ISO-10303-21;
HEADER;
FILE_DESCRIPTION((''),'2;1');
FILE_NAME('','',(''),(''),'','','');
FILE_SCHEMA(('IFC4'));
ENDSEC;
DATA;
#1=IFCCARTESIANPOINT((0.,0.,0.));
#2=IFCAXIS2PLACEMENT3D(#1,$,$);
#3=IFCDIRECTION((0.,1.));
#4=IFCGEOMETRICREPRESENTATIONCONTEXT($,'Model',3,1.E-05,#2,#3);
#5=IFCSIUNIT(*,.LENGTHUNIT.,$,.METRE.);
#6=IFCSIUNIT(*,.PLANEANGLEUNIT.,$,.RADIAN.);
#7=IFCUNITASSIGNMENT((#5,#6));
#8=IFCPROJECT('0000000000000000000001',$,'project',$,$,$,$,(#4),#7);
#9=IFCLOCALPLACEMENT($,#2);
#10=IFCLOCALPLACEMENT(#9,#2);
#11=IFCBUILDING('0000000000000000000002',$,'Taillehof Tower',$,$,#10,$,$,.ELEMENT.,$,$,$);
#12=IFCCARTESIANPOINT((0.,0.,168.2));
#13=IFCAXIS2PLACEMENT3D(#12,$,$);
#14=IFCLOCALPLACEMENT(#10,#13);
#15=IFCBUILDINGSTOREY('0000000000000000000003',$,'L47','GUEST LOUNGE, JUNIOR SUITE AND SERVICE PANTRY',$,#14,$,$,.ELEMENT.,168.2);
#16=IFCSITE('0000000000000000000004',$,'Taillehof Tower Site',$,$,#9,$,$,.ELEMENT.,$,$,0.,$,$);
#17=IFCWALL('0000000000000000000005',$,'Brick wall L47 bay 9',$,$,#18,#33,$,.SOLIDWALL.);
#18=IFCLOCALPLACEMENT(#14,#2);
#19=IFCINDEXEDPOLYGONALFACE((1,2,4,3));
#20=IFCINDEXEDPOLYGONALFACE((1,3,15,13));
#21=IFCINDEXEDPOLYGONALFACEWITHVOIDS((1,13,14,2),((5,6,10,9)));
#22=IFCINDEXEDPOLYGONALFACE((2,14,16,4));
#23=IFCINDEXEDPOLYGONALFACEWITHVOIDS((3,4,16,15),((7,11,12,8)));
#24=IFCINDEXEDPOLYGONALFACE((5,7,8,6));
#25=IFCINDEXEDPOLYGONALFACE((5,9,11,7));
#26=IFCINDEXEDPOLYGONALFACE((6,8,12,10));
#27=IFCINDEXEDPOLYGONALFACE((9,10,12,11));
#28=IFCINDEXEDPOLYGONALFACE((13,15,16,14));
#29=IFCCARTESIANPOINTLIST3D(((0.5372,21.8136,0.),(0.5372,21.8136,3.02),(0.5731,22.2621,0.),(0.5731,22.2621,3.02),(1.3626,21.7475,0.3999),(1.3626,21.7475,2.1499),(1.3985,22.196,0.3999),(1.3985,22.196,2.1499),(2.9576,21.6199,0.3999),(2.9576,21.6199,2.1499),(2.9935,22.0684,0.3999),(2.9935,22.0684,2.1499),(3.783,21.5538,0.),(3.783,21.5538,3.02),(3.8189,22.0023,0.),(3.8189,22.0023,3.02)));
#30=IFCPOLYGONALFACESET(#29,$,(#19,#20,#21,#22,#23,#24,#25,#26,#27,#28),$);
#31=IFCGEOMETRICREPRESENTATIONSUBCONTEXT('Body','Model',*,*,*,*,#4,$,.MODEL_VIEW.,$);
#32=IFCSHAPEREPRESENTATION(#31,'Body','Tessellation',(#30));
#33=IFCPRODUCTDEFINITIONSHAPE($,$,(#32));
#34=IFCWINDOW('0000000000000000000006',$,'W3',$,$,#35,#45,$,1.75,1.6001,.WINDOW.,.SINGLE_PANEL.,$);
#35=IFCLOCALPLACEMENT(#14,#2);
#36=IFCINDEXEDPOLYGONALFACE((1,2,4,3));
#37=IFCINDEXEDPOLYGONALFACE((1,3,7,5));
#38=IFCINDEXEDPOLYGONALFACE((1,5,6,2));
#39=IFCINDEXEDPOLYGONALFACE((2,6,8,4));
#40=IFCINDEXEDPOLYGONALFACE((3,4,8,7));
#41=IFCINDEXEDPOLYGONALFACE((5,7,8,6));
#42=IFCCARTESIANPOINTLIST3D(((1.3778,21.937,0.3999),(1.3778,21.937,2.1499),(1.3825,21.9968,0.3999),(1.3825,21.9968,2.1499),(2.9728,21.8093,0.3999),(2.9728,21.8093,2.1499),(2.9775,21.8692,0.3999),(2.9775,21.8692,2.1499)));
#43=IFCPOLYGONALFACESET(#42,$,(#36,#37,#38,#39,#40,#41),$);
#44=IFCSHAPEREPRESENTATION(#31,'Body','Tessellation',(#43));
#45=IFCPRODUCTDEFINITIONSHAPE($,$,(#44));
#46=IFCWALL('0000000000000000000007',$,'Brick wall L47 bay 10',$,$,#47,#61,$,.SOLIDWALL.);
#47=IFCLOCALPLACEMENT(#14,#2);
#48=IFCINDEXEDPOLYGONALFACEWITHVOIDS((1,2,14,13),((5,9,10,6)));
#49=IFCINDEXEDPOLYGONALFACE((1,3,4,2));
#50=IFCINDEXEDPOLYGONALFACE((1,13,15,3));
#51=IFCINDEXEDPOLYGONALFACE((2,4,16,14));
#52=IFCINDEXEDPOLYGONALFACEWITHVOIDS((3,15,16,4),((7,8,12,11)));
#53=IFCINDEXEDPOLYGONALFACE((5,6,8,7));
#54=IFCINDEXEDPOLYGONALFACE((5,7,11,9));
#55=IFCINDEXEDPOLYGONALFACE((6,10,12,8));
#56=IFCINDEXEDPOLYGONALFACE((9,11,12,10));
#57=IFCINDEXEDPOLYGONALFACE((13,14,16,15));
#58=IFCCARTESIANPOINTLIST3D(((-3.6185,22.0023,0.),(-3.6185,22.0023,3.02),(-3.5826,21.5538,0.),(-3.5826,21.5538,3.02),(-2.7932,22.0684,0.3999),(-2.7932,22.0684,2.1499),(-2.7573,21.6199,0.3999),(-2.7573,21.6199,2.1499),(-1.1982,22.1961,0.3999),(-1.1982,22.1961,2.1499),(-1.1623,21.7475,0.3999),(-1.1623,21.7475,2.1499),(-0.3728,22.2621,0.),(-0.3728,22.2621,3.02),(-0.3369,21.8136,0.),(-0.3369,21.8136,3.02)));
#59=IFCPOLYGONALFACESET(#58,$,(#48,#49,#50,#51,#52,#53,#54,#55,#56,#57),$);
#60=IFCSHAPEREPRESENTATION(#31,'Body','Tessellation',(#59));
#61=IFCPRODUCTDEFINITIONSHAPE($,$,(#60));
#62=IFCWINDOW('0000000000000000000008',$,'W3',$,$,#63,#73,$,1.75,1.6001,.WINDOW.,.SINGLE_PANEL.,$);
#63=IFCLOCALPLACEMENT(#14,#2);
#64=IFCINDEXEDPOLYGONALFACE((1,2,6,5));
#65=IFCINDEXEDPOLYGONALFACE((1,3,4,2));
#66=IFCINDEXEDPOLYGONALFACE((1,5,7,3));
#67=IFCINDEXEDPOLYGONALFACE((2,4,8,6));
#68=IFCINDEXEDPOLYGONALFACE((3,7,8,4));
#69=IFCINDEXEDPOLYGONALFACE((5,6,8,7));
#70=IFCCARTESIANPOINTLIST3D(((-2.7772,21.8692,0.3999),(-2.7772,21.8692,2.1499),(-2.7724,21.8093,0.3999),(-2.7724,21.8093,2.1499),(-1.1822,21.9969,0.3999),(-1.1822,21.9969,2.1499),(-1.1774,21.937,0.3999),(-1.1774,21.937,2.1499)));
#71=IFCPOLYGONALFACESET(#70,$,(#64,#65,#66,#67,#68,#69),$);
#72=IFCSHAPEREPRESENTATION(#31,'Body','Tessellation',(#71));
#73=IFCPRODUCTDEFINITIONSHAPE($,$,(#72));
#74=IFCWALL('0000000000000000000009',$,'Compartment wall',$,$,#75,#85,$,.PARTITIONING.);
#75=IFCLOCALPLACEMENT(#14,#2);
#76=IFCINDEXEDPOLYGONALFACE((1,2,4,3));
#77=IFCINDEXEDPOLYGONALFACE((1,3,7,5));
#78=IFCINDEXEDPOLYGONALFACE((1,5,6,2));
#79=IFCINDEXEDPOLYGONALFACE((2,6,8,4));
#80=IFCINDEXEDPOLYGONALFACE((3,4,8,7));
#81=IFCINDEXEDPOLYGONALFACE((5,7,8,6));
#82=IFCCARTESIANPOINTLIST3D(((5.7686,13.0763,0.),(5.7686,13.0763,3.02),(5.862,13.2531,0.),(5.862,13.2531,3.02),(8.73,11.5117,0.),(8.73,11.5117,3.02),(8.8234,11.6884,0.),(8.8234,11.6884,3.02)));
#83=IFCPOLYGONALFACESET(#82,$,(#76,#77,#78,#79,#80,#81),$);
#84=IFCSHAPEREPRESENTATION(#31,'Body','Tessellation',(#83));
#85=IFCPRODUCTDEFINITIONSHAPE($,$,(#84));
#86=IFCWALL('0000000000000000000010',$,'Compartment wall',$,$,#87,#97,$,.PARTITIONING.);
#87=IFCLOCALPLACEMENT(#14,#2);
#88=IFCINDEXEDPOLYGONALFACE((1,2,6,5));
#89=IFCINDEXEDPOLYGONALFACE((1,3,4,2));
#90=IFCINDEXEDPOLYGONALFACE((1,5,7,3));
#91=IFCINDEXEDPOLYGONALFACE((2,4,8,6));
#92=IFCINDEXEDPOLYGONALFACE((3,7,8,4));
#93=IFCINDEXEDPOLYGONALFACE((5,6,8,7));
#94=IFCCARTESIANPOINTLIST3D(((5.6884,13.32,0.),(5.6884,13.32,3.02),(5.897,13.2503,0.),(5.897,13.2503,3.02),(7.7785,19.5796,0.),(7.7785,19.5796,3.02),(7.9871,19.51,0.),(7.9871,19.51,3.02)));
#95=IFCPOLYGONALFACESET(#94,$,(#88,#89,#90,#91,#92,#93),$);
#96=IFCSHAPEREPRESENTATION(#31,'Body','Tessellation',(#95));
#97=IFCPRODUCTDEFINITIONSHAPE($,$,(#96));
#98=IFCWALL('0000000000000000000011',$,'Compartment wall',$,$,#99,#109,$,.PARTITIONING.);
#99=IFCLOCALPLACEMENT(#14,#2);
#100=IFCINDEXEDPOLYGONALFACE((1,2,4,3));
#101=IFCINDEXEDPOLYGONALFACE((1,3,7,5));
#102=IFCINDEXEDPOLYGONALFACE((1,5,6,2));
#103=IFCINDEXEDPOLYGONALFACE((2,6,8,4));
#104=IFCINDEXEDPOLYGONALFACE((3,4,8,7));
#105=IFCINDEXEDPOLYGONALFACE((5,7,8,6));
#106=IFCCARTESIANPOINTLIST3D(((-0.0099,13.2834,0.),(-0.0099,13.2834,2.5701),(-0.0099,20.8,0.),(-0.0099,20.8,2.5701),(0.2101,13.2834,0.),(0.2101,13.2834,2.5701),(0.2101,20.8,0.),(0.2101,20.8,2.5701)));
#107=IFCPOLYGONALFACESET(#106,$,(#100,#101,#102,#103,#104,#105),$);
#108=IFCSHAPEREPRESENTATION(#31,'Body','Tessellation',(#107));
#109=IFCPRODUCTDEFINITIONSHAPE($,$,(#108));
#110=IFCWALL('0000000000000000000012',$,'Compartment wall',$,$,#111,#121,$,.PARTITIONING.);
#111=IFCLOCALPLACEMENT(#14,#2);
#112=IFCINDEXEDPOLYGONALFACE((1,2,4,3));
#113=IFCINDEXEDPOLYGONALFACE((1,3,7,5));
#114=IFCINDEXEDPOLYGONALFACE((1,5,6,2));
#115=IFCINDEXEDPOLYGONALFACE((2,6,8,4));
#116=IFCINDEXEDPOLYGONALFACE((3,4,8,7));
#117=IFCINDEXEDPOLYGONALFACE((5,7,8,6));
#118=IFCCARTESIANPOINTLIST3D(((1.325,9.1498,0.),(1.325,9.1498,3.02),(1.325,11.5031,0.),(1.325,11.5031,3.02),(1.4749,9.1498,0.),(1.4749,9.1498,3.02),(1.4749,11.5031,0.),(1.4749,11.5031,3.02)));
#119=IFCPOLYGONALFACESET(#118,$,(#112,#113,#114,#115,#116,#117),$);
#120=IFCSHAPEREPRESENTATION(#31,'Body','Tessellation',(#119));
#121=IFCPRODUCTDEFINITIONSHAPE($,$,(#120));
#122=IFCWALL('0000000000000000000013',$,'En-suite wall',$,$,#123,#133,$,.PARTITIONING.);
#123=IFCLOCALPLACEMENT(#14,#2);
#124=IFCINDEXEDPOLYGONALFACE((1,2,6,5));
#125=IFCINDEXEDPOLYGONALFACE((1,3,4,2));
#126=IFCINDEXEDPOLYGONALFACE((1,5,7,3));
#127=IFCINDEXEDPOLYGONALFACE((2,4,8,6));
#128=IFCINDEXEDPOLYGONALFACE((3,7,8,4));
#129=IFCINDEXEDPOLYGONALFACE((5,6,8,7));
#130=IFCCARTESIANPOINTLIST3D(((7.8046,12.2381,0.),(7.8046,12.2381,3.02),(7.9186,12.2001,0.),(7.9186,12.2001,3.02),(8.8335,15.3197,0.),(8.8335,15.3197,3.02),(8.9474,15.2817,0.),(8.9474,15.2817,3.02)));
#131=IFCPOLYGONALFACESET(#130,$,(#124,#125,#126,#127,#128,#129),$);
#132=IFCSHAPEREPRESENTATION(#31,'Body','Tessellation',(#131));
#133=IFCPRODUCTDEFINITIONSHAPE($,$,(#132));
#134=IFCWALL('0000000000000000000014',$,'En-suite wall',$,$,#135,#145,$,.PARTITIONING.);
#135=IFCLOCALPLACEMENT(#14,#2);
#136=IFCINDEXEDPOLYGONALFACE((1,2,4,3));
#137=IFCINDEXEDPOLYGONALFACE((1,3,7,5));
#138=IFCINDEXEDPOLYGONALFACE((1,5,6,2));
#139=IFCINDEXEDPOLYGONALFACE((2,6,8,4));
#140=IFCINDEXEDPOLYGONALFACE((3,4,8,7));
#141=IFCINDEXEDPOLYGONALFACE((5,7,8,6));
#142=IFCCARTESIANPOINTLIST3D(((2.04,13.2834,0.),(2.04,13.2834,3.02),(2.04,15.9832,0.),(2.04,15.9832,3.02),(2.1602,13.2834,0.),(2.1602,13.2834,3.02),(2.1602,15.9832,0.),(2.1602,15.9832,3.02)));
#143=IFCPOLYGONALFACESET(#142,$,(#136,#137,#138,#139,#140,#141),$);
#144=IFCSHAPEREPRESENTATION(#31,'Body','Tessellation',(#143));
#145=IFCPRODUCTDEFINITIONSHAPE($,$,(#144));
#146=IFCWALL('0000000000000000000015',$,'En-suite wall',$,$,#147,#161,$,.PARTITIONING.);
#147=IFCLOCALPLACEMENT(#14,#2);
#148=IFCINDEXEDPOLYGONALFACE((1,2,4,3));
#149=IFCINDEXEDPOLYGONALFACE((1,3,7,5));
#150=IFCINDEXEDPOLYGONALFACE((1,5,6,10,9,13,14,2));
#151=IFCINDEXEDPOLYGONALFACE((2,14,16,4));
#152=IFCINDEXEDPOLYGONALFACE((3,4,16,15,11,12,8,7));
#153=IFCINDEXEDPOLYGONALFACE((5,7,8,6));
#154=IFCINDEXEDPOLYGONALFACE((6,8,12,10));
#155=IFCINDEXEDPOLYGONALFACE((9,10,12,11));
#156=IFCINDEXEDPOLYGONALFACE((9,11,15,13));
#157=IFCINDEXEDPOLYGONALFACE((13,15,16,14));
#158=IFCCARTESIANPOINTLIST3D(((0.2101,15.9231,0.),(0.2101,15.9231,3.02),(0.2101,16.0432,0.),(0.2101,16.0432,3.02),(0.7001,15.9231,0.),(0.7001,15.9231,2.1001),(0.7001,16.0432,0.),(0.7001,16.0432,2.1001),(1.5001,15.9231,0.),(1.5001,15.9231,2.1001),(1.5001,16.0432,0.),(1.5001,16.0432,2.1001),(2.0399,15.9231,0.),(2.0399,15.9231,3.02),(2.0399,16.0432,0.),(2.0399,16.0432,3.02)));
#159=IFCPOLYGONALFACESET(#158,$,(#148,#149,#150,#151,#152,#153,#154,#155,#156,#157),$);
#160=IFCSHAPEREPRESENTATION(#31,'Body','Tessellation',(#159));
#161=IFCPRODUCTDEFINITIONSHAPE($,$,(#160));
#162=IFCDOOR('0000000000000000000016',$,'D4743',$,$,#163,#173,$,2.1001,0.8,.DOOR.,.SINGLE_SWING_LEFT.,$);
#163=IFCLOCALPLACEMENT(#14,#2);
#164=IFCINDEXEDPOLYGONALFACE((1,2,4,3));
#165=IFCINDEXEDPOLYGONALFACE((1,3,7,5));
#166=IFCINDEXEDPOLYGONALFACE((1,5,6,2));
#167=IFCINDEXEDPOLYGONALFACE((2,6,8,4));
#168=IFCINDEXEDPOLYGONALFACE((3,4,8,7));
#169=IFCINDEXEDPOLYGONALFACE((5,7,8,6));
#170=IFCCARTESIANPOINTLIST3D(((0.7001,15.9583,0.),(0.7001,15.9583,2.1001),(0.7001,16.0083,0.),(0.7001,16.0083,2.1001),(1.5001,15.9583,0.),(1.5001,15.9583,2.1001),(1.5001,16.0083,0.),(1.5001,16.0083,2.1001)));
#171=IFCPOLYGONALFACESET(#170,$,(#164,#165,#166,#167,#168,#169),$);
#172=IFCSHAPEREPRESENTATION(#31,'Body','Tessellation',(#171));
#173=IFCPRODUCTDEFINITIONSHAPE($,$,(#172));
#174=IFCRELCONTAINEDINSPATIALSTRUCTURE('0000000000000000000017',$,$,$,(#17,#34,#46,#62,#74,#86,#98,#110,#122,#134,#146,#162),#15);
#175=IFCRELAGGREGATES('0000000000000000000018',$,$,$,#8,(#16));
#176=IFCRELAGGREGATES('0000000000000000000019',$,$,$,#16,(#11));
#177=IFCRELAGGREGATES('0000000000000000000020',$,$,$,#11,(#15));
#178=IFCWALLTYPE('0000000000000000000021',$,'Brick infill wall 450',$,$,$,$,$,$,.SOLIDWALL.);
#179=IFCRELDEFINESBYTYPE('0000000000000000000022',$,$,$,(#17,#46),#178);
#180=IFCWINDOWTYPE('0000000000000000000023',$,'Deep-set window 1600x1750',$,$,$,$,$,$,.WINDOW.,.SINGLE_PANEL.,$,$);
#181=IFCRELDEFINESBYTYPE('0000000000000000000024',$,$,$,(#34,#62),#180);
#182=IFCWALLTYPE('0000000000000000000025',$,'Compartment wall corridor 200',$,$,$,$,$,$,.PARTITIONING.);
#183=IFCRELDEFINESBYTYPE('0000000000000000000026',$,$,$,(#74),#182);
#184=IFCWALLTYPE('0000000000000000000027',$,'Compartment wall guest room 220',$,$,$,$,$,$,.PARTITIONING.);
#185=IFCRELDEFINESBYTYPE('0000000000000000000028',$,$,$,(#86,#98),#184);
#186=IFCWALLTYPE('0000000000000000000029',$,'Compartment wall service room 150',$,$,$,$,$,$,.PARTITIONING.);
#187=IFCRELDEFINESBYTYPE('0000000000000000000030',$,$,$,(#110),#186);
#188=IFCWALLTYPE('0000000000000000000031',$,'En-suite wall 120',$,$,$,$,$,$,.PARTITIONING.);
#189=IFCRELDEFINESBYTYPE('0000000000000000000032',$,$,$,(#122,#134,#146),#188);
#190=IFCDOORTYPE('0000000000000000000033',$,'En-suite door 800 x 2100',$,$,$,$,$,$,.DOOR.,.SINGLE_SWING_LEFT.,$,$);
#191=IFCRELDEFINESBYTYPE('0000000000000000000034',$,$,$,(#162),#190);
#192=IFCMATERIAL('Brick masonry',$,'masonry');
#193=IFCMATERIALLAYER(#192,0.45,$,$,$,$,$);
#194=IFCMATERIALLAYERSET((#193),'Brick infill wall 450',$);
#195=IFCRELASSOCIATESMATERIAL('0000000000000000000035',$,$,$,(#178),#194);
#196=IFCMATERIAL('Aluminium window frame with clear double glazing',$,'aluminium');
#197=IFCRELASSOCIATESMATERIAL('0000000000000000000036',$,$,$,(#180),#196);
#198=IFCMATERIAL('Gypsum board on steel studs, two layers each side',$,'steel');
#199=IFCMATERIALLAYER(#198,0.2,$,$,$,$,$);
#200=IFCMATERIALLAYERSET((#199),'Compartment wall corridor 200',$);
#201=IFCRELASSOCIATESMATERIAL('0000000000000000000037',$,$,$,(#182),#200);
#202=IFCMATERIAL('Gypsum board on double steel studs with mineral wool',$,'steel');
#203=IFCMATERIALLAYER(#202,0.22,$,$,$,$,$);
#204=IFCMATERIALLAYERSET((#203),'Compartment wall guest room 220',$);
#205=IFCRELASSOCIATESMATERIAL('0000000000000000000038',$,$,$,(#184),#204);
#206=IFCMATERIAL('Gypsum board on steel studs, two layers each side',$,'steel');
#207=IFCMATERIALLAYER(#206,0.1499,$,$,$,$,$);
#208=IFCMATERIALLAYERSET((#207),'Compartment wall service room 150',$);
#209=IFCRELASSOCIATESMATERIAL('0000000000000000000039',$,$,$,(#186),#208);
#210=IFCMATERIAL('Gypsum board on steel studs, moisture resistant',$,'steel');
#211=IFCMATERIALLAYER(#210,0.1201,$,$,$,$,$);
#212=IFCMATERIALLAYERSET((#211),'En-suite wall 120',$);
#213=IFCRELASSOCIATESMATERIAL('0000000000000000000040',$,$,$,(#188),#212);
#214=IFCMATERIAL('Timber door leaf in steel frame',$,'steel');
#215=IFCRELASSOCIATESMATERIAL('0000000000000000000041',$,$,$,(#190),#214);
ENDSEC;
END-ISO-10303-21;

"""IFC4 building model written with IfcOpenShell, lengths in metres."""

from ifc_helpers import new_model, si_unit, direction, frame, frame_2d, origin, place, context, subcontext, project, spatial, rectangle, extrude, material, layer, layer_set, type_object, element, fill, save


model = new_model("IFC4")

# Units and contexts
model_context = context("Model", 3, precision=1e-05, world=origin(), true_north=direction((0.0, 1.0)))
body_context = subcontext(model_context, "Body", "Model", "MODEL_VIEW")
ifc_project = project(units=[si_unit("LENGTHUNIT", "METRE"), si_unit("PLANEANGLEUNIT", "RADIAN")], contexts=[model_context])

# Site, building, storey
site_placement = place(None, origin())
site = spatial("IfcSite", under=ifc_project, at=site_placement, Name="Taillehof Tower Site", CompositionType="ELEMENT", RefElevation=0.0)
building_placement = place(site_placement, origin())
building = spatial("IfcBuilding", under=site, at=building_placement, Name="Taillehof Tower", CompositionType="ELEMENT")
storey_placement = place(building_placement, frame((0.0, 0.0, 168.2)))
storey = spatial("IfcBuildingStorey", under=building, at=storey_placement, Name="L47", Description="GUEST LOUNGE, JUNIOR SUITE AND SERVICE PANTRY", CompositionType="ELEMENT", Elevation=168.2)

# Walls, openings, windows
ifc_material_1 = material(Name="Brick masonry", Category="masonry")
ifc_layer_1 = layer(ifc_material_1, 0.45)
ifc_layer_set_1 = layer_set([ifc_layer_1], Name="Brick infill wall 450")
wall_type_1 = type_object("IfcWallType", Name="Brick infill wall 450", PredefinedType="SOLIDWALL", material=ifc_layer_set_1)
ifc_material_2 = material(Name="Aluminium window frame with clear double glazing", Category="aluminium")
window_type = type_object("IfcWindowType", Name="Deep-set window 1600x1750", PartitioningType="SINGLE_PANEL", PredefinedType="WINDOW", material=ifc_material_2)
wall_1_placement = place(storey_placement, frame((3.8008, 21.7781, 0.0), z_axis=(0.0, 0.0, 1.0), x_axis=(-0.996812, 0.079781, 0.0)))
wall_1 = element("IfcWall", 1, at=wall_1_placement, inside=storey, type_object=wall_type_1, Name="Brick wall L47 bay 9", PredefinedType="SOLIDWALL", context=body_context, shape_type="SweptSolid", body=[
    extrude(rectangle(XDim=3.2561, YDim=0.45, at=frame_2d((1.6279, 0.0))), origin(), (0.0, 0.0, 1.0), 3.02),
])
opening_1_placement = place(wall_1_placement, frame((0.8279, 0.0, 0.3999)))
opening_1 = element("IfcOpeningElement", 2, at=opening_1_placement, cuts=wall_1, PredefinedType="OPENING", context=body_context, shape_type="SweptSolid", body=[
    extrude(rectangle(XDim=1.6001, YDim=1.75, at=frame_2d((0.8, 0.875))), frame((0.0, 0.2349, 0.0), z_axis=(0.0, -1.0, 0.0), x_axis=(1.0, 0.0, 0.0)), (0.0, 0.0, 1.0), 0.47),
])
window_1_placement = place(opening_1_placement, origin())
window_1 = element("IfcWindow", 3, at=window_1_placement, inside=storey, type_object=window_type, Name="W3", OverallHeight=1.75, OverallWidth=1.6001, PartitioningType="SINGLE_PANEL", PredefinedType="WINDOW", context=body_context, shape_type="SweptSolid", body=[
    extrude(rectangle(XDim=1.6001, YDim=1.75, at=frame_2d((0.8, 0.875))), frame((0.0, 0.0349, 0.0), z_axis=(0.0, -1.0, 0.0), x_axis=(1.0, 0.0, 0.0)), (0.0, 0.0, 1.0), 0.0601),
])
fill(opening_1, window_1)
wall_2_placement = place(storey_placement, frame((-0.355, 22.0378, 0.0), z_axis=(0.0, 0.0, 1.0), x_axis=(-0.996812, -0.079781, 0.0)))
wall_2 = element("IfcWall", 4, at=wall_2_placement, inside=storey, type_object=wall_type_1, Name="Brick wall L47 bay 10", PredefinedType="SOLIDWALL", context=body_context, shape_type="SweptSolid", body=[
    extrude(rectangle(XDim=3.2561, YDim=0.45, at=frame_2d((1.6279, 0.0))), origin(), (0.0, 0.0, 1.0), 3.02),
])
opening_2_placement = place(wall_2_placement, frame((0.8279, 0.0, 0.3999)))
opening_2 = element("IfcOpeningElement", 5, at=opening_2_placement, cuts=wall_2, PredefinedType="OPENING", context=body_context, shape_type="SweptSolid", body=[
    extrude(rectangle(XDim=1.6001, YDim=1.75, at=frame_2d((0.8, 0.875))), frame((0.0, 0.2349, 0.0), z_axis=(0.0, -1.0, 0.0), x_axis=(1.0, 0.0, 0.0)), (0.0, 0.0, 1.0), 0.47),
])
window_2_placement = place(opening_2_placement, origin())
window_2 = element("IfcWindow", 6, at=window_2_placement, inside=storey, type_object=window_type, Name="W3", OverallHeight=1.75, OverallWidth=1.6001, PartitioningType="SINGLE_PANEL", PredefinedType="WINDOW", context=body_context, shape_type="SweptSolid", body=[
    extrude(rectangle(XDim=1.6001, YDim=1.75, at=frame_2d((0.8, 0.875))), frame((0.0, 0.0349, 0.0), z_axis=(0.0, -1.0, 0.0), x_axis=(1.0, 0.0, 0.0)), (0.0, 0.0, 1.0), 0.0601),
])
fill(opening_2, window_2)

# Walls
ifc_material_3 = material(Name="Gypsum board on steel studs, two layers each side", Category="steel")
ifc_layer_2 = layer(ifc_material_3, 0.2)
ifc_layer_set_2 = layer_set([ifc_layer_2], Name="Compartment wall corridor 200")
wall_type_2 = type_object("IfcWallType", Name="Compartment wall corridor 200", PredefinedType="PARTITIONING", material=ifc_layer_set_2)
wall_3_placement = place(storey_placement, frame((5.8152, 13.1648, 0.0), z_axis=(0.0, 0.0, 1.0), x_axis=(0.884172, -0.467161, 0.0)))
element("IfcWall", 7, at=wall_3_placement, inside=storey, type_object=wall_type_2, Name="Compartment wall", PredefinedType="PARTITIONING", context=body_context, shape_type="SweptSolid", body=[
    extrude(rectangle(XDim=3.3494, YDim=0.2, at=frame_2d((1.6748, 0.0))), origin(), (0.0, 0.0, 1.0), 3.02),
])
ifc_material_4 = material(Name="Gypsum board on double steel studs with mineral wool", Category="steel")
ifc_layer_3 = layer(ifc_material_4, 0.22)
ifc_layer_set_3 = layer_set([ifc_layer_3], Name="Compartment wall guest room 220")
wall_type_3 = type_object("IfcWallType", Name="Compartment wall guest room 220", PredefinedType="PARTITIONING", material=ifc_layer_set_3)
wall_4_placement = place(storey_placement, frame((7.8828, 19.5449, 0.0), z_axis=(0.0, 0.0, 1.0), x_axis=(-0.316705, -0.948524, 0.0)))
element("IfcWall", 8, at=wall_4_placement, inside=storey, type_object=wall_type_3, Name="Compartment wall", PredefinedType="PARTITIONING", context=body_context, shape_type="SweptSolid", body=[
    extrude(rectangle(XDim=6.5994, YDim=0.22, at=frame_2d((3.2998, 0.0))), origin(), (0.0, 0.0, 1.0), 3.02),
])
wall_5_placement = place(storey_placement, frame((0.1001, 20.8, 0.0), z_axis=(0.0, 0.0, 1.0), x_axis=(0.0, -1.0, 0.0)))
element("IfcWall", 9, at=wall_5_placement, inside=storey, type_object=wall_type_3, Name="Compartment wall", PredefinedType="PARTITIONING", context=body_context, shape_type="SweptSolid", body=[
    extrude(rectangle(XDim=7.5166, YDim=0.22, at=frame_2d((3.7583, 0.0))), origin(), (0.0, 0.0, 1.0), 2.5701),
])
ifc_material_5 = material(Name="Gypsum board on steel studs, two layers each side", Category="steel")
ifc_layer_4 = layer(ifc_material_5, 0.1499)
ifc_layer_set_4 = layer_set([ifc_layer_4], Name="Compartment wall service room 150")
wall_type_4 = type_object("IfcWallType", Name="Compartment wall service room 150", PredefinedType="PARTITIONING", material=ifc_layer_set_4)
wall_6_placement = place(storey_placement, frame((1.3999, 11.5032, 0.0), z_axis=(0.0, 0.0, 1.0), x_axis=(0.0, -1.0, 0.0)))
element("IfcWall", 10, at=wall_6_placement, inside=storey, type_object=wall_type_4, Name="Compartment wall", PredefinedType="PARTITIONING", context=body_context, shape_type="SweptSolid", body=[
    extrude(rectangle(XDim=2.3533, YDim=0.1499, at=frame_2d((1.1768, 0.0))), origin(), (0.0, 0.0, 1.0), 3.02),
])
ifc_material_6 = material(Name="Gypsum board on steel studs, moisture resistant", Category="steel")
ifc_layer_5 = layer(ifc_material_6, 0.1201)
ifc_layer_set_5 = layer_set([ifc_layer_5], Name="En-suite wall 120")
wall_type_5 = type_object("IfcWallType", Name="En-suite wall 120", PredefinedType="PARTITIONING", material=ifc_layer_set_5)
wall_7_placement = place(storey_placement, frame((7.8616, 12.219, 0.0), z_axis=(0.0, 0.0, 1.0), x_axis=(0.316679, 0.948533, 0.0)))
element("IfcWall", 11, at=wall_7_placement, inside=storey, type_object=wall_type_5, Name="En-suite wall", PredefinedType="PARTITIONING", context=body_context, shape_type="SweptSolid", body=[
    extrude(rectangle(XDim=3.2488, YDim=0.1201, at=frame_2d((1.6245, 0.0))), origin(), (0.0, 0.0, 1.0), 3.02),
])
wall_8_placement = place(storey_placement, frame((2.1001, 13.2834, 0.0), z_axis=(0.0, 0.0, 1.0), x_axis=(0.0, 1.0, 0.0)))
element("IfcWall", 12, at=wall_8_placement, inside=storey, type_object=wall_type_5, Name="En-suite wall", PredefinedType="PARTITIONING", context=body_context, shape_type="SweptSolid", body=[
    extrude(rectangle(XDim=2.6997, YDim=0.1201, at=frame_2d((1.3499, 0.0))), origin(), (0.0, 0.0, 1.0), 3.02),
])

# Wall, opening, door
wall_9_placement = place(storey_placement, frame((2.04, 15.9832, 0.0), z_axis=(0.0, 0.0, 1.0), x_axis=(-1.0, 0.0, 0.0)))
wall_9 = element("IfcWall", 13, at=wall_9_placement, inside=storey, type_object=wall_type_5, Name="En-suite wall", PredefinedType="PARTITIONING", context=body_context, shape_type="SweptSolid", body=[
    extrude(rectangle(XDim=1.8298, YDim=0.1201, at=frame_2d((0.915, 0.0))), origin(), (0.0, 0.0, 1.0), 3.02),
])
opening_3_placement = place(wall_9_placement, frame((0.54, 0.0, 0.0)))
opening_3 = element("IfcOpeningElement", 14, at=opening_3_placement, cuts=wall_9, PredefinedType="OPENING", context=body_context, shape_type="SweptSolid", body=[
    extrude(rectangle(XDim=0.8, YDim=2.1001, at=frame_2d((0.3999, 1.05))), frame((0.0, 0.0701, 0.0), z_axis=(0.0, -1.0, 0.0), x_axis=(1.0, 0.0, 0.0)), (0.0, 0.0, 1.0), 0.1401),
])
ifc_material_7 = material(Name="Timber door leaf in steel frame", Category="steel")
door_type = type_object("IfcDoorType", Name="En-suite door 800 x 2100", OperationType="SINGLE_SWING_LEFT", PredefinedType="DOOR", material=ifc_material_7)
door_placement = place(opening_3_placement, origin())
door = element("IfcDoor", 15, at=door_placement, inside=storey, type_object=door_type, Name="D4743", OperationType="SINGLE_SWING_LEFT", OverallHeight=2.1001, OverallWidth=0.8, PredefinedType="DOOR", context=body_context, shape_type="SweptSolid", body=[
    extrude(rectangle(XDim=0.8, YDim=2.1001, at=frame_2d((0.3999, 1.05))), frame((0.0, 0.0249, 0.0), z_axis=(0.0, -1.0, 0.0), x_axis=(1.0, 0.0, 0.0)), (0.0, 0.0, 1.0), 0.05),
])
fill(opening_3, door)

save(model, "model.ifc")
